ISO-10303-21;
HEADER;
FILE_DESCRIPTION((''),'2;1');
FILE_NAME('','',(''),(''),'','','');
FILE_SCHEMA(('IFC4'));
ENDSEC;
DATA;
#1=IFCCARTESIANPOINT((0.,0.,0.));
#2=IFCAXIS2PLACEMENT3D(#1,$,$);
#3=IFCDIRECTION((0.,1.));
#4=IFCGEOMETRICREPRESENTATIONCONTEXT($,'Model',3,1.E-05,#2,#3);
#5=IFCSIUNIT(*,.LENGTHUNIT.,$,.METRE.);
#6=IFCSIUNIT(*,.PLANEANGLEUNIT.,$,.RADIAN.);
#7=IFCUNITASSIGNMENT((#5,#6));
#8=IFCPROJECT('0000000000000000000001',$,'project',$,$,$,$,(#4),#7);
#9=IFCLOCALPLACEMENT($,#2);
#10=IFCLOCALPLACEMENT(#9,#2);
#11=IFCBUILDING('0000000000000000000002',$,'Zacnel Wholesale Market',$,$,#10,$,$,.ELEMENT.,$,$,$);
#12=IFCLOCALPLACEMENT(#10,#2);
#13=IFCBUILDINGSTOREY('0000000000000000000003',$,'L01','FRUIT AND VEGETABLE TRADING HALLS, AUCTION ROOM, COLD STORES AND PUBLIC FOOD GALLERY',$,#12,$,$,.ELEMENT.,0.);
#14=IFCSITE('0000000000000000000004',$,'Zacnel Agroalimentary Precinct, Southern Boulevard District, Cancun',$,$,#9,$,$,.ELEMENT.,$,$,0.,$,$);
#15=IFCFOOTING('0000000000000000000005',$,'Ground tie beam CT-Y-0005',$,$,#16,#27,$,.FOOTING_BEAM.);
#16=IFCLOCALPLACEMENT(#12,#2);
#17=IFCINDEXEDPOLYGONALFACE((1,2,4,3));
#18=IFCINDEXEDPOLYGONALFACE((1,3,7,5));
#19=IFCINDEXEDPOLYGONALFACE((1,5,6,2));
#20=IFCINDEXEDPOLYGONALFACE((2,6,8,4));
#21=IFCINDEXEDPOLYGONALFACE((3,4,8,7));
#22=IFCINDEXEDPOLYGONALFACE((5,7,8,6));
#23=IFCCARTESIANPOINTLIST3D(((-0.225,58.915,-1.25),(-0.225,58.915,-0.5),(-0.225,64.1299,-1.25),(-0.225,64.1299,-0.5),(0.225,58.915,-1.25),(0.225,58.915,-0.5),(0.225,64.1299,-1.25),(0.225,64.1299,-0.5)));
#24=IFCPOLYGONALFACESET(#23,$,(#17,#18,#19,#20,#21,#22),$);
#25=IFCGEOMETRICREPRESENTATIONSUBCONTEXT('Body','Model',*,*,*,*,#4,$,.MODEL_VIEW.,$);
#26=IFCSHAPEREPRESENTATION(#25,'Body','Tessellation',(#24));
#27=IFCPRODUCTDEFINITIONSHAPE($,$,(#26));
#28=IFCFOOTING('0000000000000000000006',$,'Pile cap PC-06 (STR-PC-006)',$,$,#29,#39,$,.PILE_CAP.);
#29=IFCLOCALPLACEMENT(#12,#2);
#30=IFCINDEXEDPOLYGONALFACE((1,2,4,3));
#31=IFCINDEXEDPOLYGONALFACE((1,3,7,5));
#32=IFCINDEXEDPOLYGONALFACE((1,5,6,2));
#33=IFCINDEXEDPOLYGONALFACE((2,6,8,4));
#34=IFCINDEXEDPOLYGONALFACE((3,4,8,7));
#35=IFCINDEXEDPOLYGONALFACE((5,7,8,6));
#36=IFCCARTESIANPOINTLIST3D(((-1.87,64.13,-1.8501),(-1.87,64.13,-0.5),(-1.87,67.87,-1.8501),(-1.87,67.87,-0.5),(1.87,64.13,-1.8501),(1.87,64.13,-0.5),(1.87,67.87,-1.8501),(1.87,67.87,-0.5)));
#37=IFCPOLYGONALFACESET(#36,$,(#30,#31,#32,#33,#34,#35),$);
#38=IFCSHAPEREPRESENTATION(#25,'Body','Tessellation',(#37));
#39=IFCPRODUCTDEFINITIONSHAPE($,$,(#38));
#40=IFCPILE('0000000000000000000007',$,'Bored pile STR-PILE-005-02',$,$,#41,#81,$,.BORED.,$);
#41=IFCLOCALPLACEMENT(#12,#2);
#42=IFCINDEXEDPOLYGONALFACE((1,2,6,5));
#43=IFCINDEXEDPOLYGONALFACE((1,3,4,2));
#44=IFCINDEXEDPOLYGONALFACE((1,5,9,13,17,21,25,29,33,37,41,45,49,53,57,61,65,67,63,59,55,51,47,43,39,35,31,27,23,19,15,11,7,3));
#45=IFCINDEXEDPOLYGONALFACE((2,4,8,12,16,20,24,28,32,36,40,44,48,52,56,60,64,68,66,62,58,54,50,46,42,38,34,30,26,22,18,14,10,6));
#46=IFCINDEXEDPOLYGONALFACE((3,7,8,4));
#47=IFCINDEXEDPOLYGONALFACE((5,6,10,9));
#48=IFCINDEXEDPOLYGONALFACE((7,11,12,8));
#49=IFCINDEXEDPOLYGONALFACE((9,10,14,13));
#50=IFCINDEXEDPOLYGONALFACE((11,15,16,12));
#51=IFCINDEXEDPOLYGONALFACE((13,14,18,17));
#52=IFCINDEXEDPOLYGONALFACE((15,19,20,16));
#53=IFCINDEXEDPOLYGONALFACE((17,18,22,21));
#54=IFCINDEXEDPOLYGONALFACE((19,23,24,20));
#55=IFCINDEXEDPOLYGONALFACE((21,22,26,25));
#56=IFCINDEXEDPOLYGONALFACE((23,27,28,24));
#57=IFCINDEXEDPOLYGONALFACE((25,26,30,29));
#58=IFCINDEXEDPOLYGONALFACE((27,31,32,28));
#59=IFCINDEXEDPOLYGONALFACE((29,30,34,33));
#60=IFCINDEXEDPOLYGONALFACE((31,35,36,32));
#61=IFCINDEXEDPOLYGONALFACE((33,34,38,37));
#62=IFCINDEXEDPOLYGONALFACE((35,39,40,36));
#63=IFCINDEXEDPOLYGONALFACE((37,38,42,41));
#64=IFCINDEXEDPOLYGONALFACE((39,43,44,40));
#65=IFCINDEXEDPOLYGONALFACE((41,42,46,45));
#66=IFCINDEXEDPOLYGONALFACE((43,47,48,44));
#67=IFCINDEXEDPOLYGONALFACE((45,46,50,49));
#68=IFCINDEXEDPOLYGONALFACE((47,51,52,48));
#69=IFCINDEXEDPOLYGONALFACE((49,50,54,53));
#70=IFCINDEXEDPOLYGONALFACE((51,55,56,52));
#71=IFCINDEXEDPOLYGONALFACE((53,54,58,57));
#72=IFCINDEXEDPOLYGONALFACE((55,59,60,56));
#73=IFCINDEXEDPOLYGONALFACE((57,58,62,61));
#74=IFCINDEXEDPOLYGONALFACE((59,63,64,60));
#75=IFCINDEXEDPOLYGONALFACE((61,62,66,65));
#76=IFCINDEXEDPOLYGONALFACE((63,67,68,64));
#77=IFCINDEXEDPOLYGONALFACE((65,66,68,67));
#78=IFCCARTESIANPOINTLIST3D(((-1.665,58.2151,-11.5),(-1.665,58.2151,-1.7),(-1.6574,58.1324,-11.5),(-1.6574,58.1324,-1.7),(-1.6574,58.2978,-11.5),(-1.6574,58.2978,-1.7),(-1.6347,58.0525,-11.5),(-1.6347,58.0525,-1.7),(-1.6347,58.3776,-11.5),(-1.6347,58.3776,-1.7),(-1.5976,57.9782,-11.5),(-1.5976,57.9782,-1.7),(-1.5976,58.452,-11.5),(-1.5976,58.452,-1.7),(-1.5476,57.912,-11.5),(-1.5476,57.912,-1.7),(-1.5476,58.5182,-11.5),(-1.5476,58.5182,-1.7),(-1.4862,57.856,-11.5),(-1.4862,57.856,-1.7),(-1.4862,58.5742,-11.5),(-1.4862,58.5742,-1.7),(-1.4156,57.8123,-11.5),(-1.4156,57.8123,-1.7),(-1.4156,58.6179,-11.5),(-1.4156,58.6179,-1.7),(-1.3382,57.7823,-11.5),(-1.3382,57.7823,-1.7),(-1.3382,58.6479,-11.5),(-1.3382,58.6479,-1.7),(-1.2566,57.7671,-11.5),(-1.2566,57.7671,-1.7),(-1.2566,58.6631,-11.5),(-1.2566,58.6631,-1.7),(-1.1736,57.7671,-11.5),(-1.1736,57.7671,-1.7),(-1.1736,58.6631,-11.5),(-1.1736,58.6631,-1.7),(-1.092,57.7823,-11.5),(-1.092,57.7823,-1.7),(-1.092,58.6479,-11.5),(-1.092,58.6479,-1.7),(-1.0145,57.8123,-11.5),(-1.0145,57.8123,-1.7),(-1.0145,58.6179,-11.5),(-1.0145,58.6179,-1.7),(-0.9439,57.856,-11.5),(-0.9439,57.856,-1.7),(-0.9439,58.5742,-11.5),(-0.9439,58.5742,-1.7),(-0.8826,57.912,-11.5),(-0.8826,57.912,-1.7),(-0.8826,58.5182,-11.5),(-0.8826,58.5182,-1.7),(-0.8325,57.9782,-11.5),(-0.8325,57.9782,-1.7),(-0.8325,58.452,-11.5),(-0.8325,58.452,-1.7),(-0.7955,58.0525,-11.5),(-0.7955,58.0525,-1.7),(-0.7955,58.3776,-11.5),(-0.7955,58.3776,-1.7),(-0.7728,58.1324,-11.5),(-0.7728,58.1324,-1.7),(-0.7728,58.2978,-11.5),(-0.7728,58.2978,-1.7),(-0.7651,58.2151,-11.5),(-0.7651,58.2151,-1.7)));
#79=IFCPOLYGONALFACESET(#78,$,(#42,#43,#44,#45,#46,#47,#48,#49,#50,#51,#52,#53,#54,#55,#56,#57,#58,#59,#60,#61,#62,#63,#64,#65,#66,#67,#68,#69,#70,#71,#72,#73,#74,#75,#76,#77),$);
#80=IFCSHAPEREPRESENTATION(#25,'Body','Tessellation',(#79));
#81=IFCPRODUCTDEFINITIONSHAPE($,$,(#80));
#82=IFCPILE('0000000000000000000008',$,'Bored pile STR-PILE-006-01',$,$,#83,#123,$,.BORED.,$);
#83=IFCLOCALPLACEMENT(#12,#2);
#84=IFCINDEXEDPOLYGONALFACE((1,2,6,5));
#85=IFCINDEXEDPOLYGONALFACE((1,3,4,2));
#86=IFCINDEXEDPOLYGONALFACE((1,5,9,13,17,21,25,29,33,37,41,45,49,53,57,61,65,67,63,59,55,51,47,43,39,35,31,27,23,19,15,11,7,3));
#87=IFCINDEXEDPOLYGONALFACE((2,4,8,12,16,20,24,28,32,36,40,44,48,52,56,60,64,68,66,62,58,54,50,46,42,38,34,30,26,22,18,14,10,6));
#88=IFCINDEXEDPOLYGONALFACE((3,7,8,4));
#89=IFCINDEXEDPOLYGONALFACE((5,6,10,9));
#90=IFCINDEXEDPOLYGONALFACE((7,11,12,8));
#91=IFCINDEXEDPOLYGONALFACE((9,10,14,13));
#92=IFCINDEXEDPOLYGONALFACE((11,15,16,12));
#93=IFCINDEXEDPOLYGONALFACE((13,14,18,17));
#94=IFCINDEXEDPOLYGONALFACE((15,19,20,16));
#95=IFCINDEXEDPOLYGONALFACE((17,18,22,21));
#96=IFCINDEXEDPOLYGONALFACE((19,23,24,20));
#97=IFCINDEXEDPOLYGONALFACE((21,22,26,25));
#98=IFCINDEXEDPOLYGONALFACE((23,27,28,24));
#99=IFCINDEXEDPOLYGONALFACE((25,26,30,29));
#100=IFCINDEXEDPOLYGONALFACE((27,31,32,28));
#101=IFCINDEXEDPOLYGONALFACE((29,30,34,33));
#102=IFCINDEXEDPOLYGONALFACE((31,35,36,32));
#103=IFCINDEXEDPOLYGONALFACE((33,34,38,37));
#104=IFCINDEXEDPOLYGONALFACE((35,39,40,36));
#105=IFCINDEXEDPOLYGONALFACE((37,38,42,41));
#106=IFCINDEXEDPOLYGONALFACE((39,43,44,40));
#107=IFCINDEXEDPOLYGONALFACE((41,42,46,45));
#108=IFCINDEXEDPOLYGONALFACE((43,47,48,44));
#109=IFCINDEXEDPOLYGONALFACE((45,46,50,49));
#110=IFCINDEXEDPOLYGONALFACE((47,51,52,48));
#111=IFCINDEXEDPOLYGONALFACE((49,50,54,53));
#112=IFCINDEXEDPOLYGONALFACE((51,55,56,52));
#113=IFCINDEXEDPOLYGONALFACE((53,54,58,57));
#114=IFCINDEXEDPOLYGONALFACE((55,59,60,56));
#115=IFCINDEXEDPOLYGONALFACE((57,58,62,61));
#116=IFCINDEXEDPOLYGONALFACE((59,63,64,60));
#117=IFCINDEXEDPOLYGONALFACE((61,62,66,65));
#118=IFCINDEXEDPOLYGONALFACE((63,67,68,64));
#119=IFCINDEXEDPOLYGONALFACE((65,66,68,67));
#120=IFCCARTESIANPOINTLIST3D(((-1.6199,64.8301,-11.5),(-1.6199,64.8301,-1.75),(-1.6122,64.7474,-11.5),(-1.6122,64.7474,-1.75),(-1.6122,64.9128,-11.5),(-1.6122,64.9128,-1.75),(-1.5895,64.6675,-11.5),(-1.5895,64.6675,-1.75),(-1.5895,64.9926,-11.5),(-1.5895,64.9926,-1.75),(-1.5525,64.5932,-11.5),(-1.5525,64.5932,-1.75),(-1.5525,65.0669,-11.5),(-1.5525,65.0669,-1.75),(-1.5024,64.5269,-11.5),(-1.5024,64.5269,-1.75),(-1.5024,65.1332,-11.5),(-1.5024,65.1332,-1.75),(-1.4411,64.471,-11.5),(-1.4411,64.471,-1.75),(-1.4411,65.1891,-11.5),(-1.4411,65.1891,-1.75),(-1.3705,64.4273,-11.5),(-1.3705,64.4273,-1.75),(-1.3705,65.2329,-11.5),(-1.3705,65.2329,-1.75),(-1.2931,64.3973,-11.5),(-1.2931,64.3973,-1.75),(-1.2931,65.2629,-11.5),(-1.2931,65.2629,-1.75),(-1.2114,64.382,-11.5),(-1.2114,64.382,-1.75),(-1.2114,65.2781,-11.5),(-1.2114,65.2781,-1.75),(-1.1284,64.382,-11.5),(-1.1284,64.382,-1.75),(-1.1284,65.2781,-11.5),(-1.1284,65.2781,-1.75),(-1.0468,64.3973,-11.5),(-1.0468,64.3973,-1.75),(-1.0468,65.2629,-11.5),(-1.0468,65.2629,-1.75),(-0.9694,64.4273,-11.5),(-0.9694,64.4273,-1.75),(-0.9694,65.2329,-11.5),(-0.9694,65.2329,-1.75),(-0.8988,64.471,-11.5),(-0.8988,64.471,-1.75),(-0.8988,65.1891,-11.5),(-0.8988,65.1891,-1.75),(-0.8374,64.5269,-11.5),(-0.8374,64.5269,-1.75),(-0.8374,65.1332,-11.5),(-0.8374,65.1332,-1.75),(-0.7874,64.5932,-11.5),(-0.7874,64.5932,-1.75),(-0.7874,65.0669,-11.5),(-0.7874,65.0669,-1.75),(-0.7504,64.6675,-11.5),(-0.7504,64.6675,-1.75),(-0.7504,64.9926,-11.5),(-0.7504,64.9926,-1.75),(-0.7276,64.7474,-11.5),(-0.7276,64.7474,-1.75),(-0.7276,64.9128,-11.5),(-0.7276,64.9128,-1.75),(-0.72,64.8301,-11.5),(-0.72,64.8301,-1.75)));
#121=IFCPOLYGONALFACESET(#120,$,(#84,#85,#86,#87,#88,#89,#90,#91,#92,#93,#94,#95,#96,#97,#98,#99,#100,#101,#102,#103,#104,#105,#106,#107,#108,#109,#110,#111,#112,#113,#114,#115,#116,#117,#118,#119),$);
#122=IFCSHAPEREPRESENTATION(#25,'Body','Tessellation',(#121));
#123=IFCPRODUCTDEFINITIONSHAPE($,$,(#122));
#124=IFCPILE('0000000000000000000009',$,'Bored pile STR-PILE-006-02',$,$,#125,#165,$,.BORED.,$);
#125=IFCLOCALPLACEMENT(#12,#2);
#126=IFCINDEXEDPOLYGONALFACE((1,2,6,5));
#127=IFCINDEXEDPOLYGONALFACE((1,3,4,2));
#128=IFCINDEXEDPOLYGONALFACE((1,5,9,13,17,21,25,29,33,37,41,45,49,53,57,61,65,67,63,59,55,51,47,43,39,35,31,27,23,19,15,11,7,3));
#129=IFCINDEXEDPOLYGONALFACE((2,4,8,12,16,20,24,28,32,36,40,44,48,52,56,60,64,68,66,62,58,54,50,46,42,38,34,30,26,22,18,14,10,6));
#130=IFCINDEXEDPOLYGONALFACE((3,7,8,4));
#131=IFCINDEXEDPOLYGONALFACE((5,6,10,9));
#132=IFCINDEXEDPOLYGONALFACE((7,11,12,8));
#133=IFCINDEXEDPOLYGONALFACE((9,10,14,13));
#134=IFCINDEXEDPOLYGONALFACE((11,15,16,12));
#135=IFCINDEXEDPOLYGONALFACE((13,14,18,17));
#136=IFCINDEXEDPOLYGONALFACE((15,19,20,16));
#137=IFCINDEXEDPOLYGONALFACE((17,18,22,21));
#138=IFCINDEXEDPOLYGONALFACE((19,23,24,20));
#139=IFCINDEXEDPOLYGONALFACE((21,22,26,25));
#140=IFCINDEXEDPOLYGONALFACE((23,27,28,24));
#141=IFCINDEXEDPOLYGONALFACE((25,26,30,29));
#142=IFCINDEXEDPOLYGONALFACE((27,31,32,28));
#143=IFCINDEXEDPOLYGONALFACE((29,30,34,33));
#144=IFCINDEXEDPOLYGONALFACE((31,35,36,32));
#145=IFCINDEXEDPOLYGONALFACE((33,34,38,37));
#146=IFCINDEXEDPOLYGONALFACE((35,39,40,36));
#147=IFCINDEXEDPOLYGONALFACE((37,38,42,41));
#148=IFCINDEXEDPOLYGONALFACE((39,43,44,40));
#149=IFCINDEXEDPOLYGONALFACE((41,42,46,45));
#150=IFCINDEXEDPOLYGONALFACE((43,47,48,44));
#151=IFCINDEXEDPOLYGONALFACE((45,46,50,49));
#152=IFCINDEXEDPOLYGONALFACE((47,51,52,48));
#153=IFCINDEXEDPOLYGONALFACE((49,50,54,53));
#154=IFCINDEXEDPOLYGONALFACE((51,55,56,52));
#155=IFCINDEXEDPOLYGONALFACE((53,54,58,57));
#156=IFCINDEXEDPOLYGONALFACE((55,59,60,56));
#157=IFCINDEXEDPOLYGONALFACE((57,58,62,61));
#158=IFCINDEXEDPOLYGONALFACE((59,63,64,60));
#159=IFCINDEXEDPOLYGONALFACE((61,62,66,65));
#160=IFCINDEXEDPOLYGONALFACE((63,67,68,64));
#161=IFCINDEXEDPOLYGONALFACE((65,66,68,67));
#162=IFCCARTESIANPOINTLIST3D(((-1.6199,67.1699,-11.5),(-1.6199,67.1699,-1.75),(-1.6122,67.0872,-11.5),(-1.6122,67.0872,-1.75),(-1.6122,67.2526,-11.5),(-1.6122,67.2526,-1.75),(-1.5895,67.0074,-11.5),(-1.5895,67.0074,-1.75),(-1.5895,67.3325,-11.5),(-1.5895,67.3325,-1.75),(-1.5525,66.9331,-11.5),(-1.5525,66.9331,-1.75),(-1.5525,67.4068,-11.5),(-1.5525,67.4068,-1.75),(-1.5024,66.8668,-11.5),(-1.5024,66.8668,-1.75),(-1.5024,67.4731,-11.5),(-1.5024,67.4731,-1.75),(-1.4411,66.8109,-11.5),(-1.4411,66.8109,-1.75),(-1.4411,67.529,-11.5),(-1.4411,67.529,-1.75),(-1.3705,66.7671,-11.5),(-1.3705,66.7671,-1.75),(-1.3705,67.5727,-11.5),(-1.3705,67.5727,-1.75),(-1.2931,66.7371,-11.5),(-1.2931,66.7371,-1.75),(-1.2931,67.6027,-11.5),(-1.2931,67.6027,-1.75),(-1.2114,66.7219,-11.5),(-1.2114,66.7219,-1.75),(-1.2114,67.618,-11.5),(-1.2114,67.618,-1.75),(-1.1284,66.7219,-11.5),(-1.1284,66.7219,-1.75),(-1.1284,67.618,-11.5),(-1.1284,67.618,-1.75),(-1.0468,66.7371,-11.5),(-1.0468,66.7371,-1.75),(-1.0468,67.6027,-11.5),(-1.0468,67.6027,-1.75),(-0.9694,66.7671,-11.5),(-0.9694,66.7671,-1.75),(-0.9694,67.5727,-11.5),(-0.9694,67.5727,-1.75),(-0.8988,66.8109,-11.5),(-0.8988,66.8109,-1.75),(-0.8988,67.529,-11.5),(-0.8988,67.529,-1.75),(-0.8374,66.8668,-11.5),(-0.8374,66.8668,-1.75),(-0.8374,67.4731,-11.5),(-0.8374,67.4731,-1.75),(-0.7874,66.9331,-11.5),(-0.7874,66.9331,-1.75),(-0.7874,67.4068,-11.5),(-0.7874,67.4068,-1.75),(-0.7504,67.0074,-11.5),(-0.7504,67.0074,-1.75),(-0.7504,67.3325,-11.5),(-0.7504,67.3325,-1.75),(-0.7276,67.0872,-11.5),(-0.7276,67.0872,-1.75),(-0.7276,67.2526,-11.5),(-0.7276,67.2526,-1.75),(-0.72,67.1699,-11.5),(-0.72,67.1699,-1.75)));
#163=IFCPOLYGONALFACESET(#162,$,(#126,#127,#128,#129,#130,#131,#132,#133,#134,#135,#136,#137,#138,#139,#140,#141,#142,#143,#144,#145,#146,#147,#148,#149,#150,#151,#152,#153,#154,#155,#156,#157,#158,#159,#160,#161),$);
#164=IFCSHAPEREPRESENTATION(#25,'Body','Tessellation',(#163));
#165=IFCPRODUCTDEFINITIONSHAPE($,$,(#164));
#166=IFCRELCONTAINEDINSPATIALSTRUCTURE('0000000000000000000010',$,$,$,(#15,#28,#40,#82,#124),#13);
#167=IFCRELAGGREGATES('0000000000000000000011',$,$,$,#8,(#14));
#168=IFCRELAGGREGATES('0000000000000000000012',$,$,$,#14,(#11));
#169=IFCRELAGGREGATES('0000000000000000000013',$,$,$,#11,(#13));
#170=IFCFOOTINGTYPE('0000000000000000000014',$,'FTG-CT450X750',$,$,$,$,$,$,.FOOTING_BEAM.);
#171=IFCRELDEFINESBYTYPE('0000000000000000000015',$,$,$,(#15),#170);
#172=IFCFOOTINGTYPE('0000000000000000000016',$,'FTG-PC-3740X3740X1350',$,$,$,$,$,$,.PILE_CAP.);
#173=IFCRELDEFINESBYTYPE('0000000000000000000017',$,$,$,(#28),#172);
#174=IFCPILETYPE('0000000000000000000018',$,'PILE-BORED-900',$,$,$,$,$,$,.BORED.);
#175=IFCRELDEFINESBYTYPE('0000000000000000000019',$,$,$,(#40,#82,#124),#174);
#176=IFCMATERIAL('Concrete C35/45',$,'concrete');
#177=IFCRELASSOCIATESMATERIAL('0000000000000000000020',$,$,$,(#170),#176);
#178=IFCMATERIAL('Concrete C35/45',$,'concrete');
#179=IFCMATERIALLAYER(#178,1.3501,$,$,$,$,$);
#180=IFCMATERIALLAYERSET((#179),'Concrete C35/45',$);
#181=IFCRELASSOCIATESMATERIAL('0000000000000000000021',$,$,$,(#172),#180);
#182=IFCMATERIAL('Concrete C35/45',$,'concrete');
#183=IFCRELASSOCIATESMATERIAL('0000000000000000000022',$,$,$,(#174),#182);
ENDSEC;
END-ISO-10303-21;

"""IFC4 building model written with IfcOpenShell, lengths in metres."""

from ifc_helpers import new_model, si_unit, direction, frame, origin, origin_2d, place, context, subcontext, project, spatial, rectangle, circle, extrude, material, layer, layer_set, material_profile, profile_set, type_object, element, save


model = new_model("IFC4")

# Units and contexts
model_context = context("Model", 3, precision=1e-05, world=origin(), true_north=direction((0.0, 1.0)))
body_context = subcontext(model_context, "Body", "Model", "MODEL_VIEW")
ifc_project = project(units=[si_unit("LENGTHUNIT", "METRE"), si_unit("PLANEANGLEUNIT", "RADIAN")], contexts=[model_context])

# Site, building, storey
site_placement = place(None, origin())
site = spatial("IfcSite", under=ifc_project, at=site_placement, Name="Zacnel Agroalimentary Precinct, Southern Boulevard District, Cancun", CompositionType="ELEMENT", RefElevation=0.0)
building_placement = place(site_placement, origin())
building = spatial("IfcBuilding", under=site, at=building_placement, Name="Zacnel Wholesale Market", CompositionType="ELEMENT")
storey_placement = place(building_placement, origin())
storey = spatial("IfcBuildingStorey", under=building, at=storey_placement, Name="L01", Description="FRUIT AND VEGETABLE TRADING HALLS, AUCTION ROOM, COLD STORES AND PUBLIC FOOD GALLERY", CompositionType="ELEMENT", Elevation=0.0)

# Footings
ifc_material_1 = material(Name="Concrete C35/45", Category="concrete")
ifc_material_profile_1 = material_profile(ifc_material_1, rectangle(XDim=0.45, YDim=0.75, at=origin_2d()), Name="CT 450x750")
ifc_profile_set_1 = profile_set([ifc_material_profile_1], Name="Concrete C35/45")
footing_type_1 = type_object("IfcFootingType", Name="FTG-CT450X750", PredefinedType="FOOTING_BEAM", material=ifc_profile_set_1)
footing_1_placement = place(storey_placement, frame((0.0, 58.915, -0.875), z_axis=(0.0, 1.0, 0.0), x_axis=(-1.0, 0.0, 0.0)))
element("IfcFooting", 1, at=footing_1_placement, inside=storey, type_object=footing_type_1, Name="Ground tie beam CT-Y-0005", PredefinedType="FOOTING_BEAM", context=body_context, shape_type="SweptSolid", body=[
    extrude(rectangle(XDim=0.45, YDim=0.75, at=origin_2d()), origin(), (0.0, 0.0, 1.0), 5.2148),
])
ifc_material_2 = material(Name="Concrete C35/45", Category="concrete")
ifc_layer_1 = layer(ifc_material_2, 1.3501)
ifc_layer_set_1 = layer_set([ifc_layer_1], Name="Concrete C35/45")
footing_type_2 = type_object("IfcFootingType", Name="FTG-PC-3740X3740X1350", PredefinedType="PILE_CAP", material=ifc_layer_set_1)
footing_2_placement = place(storey_placement, frame((0.0, 66.0, -1.8501), z_axis=(0.0, 0.0, 1.0), x_axis=(1.0, 0.0, 0.0)))
element("IfcFooting", 2, at=footing_2_placement, inside=storey, type_object=footing_type_2, Name="Pile cap PC-06 (STR-PC-006)", PredefinedType="PILE_CAP", context=body_context, shape_type="SweptSolid", body=[
    extrude(rectangle(XDim=3.74, YDim=3.74, at=origin_2d()), origin(), (0.0, 0.0, 1.0), 1.3501),
])

# Piles
ifc_material_3 = material(Name="Concrete C35/45", Category="concrete")
ifc_material_profile_2 = material_profile(ifc_material_3, circle(Radius=0.45, at=origin_2d()), Name="BORED PILE D900")
ifc_profile_set_2 = profile_set([ifc_material_profile_2], Name="Concrete C35/45")
pile_type = type_object("IfcPileType", Name="PILE-BORED-900", PredefinedType="BORED", material=ifc_profile_set_2)
pile_placement = place(storey_placement, frame((-1.2151, 58.2151, -1.7), z_axis=(0.0, 0.0, -1.0), x_axis=(1.0, 0.0, 0.0)))
element("IfcPile", 3, at=pile_placement, inside=storey, type_object=pile_type, Name="Bored pile STR-PILE-005-02", PredefinedType="BORED", context=body_context, shape_type="SweptSolid", body=[
    extrude(circle(Radius=0.45, at=origin_2d()), origin(), (0.0, 0.0, 1.0), 9.8),
])
for number, where, z_axis, x_axis, name in (
    (4, (-1.1699, 64.8301, -1.75), (0.0, 0.0, -1.0), (1.0, 0.0, 0.0), "Bored pile STR-PILE-006-01"),
    (5, (-1.1699, 67.1699, -1.75), (0.0, 0.0, -1.0), (1.0, 0.0, 0.0), "Bored pile STR-PILE-006-02"),
):
    element("IfcPile", number, at=place(storey_placement, frame(where, z_axis=z_axis, x_axis=x_axis)), inside=storey, type_object=pile_type, Name=name, PredefinedType="BORED", context=body_context, shape_type="SweptSolid", body=[
        extrude(circle(Radius=0.45, at=origin_2d()), origin(), (0.0, 0.0, 1.0), 9.75),
    ])

save(model, "model.ifc")
